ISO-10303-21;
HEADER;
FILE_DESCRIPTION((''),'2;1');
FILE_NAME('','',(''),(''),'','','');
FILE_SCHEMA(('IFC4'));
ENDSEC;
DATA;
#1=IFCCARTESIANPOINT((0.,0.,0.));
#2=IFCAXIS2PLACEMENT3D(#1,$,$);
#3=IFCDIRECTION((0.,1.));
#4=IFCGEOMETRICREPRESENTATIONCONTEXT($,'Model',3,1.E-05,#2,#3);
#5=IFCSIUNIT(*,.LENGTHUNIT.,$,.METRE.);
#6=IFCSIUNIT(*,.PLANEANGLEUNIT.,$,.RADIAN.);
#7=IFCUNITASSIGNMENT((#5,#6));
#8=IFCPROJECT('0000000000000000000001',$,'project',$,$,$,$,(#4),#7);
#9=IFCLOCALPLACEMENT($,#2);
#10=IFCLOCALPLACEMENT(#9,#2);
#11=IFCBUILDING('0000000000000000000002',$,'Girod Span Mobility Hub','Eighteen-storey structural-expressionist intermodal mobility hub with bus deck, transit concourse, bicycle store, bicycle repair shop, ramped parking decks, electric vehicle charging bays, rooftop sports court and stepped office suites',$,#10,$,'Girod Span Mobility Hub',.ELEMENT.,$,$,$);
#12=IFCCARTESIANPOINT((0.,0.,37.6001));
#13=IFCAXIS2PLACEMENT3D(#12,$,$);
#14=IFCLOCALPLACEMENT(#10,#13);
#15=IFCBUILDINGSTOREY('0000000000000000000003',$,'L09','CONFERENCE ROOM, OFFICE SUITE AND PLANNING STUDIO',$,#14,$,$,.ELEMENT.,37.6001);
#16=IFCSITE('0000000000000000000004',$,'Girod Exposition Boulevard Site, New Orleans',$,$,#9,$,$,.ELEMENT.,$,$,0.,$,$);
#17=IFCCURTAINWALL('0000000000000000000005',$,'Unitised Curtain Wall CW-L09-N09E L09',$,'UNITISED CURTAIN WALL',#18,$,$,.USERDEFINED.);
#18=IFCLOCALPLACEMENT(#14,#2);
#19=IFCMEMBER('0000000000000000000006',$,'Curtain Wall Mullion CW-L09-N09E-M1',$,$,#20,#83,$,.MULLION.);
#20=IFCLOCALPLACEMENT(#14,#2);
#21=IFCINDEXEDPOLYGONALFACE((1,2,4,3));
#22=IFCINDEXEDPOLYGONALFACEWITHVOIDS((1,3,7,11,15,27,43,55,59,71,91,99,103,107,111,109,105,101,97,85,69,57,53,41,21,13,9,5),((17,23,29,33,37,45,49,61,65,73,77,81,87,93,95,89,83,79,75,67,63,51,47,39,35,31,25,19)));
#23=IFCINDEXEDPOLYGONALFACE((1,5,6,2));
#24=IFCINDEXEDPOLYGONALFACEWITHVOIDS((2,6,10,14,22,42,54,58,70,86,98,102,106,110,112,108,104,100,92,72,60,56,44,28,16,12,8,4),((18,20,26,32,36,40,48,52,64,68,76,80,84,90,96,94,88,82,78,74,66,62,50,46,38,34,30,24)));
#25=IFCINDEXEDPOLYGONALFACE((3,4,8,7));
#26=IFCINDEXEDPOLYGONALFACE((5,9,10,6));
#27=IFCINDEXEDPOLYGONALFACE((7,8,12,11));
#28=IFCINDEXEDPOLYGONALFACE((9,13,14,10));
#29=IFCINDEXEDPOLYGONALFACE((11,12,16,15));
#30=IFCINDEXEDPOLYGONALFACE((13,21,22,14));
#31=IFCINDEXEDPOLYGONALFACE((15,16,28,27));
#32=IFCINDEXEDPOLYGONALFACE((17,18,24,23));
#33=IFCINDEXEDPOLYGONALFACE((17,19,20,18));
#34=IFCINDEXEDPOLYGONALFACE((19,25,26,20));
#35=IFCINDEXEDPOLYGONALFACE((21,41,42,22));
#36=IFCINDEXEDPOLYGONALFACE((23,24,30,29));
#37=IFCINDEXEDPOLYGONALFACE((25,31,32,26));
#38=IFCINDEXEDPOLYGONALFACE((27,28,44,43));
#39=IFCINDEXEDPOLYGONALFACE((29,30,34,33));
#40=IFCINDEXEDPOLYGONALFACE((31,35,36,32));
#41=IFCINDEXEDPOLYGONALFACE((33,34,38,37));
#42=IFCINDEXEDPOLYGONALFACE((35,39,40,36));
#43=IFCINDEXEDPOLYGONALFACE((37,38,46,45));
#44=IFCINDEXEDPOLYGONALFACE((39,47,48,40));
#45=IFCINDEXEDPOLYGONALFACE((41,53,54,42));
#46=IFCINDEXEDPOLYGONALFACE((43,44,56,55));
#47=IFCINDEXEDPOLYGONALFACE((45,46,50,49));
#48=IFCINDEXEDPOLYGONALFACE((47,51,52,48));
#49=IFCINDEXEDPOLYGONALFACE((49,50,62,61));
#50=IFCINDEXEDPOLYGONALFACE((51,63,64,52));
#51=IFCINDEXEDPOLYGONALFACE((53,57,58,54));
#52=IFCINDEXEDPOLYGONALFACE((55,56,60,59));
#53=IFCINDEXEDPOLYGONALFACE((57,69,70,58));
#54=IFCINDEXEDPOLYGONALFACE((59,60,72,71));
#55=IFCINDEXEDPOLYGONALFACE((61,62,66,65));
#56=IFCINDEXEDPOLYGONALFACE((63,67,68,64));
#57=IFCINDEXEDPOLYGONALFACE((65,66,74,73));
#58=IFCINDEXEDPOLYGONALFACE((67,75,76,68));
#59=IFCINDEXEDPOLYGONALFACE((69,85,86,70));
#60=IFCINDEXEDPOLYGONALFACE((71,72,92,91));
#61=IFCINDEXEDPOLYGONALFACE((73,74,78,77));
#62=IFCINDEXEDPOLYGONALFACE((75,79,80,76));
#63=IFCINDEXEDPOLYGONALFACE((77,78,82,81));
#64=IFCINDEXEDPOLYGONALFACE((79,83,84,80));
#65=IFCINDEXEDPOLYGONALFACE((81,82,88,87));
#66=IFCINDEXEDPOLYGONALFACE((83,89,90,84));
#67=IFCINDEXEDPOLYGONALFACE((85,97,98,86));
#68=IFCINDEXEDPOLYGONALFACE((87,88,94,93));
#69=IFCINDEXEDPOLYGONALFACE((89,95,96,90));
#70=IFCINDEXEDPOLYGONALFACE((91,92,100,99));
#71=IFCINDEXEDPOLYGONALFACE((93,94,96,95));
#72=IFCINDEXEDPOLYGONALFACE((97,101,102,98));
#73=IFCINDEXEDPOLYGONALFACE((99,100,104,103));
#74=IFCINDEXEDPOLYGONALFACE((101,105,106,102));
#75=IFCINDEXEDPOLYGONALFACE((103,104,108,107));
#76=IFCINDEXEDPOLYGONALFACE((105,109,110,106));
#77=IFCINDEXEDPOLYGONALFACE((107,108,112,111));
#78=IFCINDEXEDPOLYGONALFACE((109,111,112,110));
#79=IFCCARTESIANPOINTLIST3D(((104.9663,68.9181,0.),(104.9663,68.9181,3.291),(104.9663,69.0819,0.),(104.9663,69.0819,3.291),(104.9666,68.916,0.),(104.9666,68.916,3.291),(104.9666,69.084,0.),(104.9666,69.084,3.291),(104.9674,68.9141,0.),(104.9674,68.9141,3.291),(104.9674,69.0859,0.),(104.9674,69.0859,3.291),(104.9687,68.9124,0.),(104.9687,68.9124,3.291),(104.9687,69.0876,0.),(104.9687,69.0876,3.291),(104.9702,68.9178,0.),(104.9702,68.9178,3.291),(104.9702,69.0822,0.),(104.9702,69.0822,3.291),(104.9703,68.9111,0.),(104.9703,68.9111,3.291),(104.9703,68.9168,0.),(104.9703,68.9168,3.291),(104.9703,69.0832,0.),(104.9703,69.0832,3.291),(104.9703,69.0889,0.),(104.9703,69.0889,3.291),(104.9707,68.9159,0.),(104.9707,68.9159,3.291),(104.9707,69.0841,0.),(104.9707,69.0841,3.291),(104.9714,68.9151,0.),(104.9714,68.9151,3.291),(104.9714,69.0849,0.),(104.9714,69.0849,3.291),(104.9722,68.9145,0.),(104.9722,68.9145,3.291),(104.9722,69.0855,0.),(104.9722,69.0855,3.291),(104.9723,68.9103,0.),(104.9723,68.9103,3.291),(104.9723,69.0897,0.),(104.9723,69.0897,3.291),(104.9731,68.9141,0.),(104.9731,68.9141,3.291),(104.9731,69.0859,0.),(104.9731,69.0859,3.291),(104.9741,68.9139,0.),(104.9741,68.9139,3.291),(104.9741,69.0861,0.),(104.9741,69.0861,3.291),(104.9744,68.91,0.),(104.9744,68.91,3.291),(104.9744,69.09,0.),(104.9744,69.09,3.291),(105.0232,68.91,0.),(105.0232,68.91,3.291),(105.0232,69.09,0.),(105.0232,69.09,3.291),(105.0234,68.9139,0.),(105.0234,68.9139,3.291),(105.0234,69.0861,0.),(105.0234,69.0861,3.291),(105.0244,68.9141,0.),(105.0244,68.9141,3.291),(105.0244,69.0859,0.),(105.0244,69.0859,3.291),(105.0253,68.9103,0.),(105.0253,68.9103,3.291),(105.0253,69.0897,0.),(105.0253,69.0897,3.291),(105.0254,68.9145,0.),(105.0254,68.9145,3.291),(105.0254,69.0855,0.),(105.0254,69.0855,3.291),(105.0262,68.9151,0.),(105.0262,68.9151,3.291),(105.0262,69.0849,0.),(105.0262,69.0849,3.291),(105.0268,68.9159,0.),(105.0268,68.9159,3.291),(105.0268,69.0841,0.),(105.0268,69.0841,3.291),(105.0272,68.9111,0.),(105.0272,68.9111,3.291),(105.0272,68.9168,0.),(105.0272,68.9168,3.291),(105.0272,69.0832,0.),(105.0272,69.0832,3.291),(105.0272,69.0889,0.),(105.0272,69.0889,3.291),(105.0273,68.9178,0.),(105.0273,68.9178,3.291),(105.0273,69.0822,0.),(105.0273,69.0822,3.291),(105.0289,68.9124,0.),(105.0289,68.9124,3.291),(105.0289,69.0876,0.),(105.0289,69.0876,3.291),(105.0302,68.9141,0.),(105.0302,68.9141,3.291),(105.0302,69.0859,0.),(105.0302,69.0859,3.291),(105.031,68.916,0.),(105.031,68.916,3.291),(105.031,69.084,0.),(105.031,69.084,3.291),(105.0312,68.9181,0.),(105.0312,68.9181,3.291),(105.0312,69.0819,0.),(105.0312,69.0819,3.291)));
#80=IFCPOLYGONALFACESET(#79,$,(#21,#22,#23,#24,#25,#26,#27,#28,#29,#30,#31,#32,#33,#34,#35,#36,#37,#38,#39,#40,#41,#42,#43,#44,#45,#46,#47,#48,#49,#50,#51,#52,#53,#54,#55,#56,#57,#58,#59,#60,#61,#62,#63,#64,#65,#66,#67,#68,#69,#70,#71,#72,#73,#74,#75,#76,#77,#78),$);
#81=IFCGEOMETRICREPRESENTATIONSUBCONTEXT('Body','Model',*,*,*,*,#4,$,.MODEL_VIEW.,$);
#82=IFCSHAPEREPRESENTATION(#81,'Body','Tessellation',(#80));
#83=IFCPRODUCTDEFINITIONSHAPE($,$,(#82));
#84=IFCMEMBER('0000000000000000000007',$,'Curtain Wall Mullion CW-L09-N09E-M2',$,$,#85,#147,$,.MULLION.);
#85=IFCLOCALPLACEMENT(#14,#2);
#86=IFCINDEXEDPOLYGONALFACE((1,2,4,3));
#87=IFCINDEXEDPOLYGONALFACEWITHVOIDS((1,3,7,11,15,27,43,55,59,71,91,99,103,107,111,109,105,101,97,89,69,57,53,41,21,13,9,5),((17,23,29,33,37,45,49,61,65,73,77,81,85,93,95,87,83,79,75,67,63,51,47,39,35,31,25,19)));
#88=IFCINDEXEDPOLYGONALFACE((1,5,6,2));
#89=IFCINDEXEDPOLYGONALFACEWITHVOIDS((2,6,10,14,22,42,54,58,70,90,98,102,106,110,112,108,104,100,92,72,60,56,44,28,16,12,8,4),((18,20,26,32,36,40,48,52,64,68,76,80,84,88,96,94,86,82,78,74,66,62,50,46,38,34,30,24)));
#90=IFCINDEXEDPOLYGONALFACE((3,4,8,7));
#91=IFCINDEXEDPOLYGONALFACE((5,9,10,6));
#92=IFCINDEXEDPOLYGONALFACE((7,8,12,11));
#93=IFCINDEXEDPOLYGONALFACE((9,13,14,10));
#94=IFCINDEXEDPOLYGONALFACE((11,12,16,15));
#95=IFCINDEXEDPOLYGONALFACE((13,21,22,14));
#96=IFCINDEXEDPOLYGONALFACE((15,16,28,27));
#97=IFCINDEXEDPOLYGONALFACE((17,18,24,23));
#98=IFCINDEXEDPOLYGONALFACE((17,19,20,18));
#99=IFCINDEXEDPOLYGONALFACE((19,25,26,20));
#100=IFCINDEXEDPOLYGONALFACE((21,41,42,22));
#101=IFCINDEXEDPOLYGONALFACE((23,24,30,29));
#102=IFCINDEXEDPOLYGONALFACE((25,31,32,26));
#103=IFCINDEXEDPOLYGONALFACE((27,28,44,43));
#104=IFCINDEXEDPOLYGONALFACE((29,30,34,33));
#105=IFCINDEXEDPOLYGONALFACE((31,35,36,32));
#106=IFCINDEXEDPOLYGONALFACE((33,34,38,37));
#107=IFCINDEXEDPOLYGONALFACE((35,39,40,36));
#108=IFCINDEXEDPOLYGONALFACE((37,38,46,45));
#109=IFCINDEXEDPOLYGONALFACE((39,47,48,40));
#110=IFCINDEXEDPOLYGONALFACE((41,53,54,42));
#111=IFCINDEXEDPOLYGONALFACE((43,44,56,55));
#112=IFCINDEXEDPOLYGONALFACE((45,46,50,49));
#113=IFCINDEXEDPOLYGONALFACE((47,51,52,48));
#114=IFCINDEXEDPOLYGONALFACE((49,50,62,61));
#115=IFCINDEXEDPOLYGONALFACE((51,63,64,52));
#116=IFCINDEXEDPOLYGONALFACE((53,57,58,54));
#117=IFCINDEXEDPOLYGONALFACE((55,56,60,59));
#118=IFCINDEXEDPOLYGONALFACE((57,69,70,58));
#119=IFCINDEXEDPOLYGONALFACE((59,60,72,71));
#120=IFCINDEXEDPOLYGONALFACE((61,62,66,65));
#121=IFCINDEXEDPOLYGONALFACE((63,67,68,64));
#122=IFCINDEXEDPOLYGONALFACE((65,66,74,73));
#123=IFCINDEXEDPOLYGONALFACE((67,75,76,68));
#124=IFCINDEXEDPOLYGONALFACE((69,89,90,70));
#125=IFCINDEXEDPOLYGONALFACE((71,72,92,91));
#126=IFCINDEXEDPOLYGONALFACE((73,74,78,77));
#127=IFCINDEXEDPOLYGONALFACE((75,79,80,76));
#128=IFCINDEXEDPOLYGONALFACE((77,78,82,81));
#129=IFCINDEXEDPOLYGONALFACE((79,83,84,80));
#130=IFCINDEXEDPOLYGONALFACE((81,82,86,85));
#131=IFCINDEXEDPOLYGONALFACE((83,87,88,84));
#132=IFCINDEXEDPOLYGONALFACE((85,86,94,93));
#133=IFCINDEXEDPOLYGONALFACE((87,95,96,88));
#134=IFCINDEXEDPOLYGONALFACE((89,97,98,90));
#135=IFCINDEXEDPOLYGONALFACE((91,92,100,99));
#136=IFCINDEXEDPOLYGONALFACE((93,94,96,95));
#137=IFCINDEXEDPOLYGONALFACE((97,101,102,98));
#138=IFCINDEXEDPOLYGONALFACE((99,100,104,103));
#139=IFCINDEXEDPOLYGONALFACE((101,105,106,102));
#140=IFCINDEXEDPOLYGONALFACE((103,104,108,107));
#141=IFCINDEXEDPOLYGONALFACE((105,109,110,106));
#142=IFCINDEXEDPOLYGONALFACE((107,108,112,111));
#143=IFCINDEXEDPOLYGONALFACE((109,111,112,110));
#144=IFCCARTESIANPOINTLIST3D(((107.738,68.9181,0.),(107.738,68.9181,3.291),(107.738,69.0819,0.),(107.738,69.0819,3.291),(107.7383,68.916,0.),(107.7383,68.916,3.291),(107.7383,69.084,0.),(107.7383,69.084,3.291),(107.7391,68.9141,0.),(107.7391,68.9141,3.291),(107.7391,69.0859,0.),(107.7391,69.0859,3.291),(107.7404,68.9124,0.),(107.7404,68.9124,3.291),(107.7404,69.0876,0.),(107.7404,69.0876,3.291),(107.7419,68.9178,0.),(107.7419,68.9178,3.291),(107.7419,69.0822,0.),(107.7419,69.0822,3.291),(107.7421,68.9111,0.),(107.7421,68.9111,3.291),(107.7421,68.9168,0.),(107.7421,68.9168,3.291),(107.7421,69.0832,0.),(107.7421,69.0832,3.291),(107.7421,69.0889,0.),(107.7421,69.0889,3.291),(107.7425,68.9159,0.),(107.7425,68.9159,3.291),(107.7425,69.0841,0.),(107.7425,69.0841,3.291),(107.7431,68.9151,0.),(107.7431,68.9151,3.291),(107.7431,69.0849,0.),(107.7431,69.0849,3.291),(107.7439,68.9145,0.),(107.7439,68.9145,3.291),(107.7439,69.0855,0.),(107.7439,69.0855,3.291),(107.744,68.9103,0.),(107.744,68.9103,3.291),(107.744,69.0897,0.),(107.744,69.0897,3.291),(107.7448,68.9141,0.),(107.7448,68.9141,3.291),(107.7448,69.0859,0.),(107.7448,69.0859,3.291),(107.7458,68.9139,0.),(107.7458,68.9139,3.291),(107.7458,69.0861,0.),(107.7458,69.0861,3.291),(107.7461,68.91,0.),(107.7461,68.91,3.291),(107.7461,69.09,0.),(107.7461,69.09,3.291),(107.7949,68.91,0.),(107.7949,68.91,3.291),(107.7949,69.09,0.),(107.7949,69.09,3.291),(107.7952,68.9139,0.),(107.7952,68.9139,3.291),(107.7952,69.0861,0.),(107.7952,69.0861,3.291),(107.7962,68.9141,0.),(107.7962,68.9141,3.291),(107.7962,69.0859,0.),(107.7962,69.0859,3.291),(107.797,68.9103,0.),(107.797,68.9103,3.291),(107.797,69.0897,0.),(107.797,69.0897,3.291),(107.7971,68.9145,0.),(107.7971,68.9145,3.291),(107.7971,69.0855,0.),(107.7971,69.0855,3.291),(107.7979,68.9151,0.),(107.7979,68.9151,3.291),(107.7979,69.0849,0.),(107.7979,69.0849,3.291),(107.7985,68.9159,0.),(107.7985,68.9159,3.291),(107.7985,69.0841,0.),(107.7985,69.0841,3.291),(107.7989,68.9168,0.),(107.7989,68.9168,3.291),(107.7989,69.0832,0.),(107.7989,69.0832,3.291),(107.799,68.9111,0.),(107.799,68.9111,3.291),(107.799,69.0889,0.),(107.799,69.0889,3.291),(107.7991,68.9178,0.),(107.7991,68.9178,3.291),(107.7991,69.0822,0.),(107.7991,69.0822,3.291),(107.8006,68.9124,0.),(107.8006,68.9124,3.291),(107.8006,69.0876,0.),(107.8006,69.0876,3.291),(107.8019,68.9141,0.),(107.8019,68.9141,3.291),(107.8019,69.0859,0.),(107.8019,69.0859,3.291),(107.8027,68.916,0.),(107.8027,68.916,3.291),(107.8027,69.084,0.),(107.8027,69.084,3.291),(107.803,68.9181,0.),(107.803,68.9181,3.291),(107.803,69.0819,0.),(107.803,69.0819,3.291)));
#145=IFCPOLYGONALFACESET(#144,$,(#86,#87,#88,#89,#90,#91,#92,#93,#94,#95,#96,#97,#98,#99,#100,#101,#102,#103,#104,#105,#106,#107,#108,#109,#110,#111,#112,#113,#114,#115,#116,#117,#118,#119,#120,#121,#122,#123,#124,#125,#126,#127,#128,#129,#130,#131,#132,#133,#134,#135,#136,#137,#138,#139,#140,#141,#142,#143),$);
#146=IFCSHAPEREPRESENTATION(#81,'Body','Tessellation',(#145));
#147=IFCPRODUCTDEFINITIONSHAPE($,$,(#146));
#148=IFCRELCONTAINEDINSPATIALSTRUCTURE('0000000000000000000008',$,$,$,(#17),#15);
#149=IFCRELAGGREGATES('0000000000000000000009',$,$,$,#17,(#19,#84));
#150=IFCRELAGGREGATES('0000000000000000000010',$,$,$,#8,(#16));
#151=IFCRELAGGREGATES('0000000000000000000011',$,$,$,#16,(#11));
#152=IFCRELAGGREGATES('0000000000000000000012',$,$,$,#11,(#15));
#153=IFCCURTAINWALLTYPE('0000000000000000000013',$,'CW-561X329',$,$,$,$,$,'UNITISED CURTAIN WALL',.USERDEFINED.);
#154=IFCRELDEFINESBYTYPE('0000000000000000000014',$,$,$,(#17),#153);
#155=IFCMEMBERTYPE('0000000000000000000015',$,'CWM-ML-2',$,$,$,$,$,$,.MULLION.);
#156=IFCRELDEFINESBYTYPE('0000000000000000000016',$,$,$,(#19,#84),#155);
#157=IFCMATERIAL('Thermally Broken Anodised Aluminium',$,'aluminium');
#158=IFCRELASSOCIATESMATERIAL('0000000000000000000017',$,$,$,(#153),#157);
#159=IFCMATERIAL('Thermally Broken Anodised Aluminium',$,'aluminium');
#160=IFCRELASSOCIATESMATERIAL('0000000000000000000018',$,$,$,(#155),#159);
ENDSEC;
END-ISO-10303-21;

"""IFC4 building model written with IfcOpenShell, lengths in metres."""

from ifc_helpers import new_model, si_unit, direction, frame, origin, origin_2d, place, context, subcontext, project, spatial, hollow_rectangle, extrude, material, material_profile, profile_set, type_object, element, aggregate, save


model = new_model("IFC4")

# Units and contexts
model_context = context("Model", 3, precision=1e-05, world=origin(), true_north=direction((0.0, 1.0)))
body_context = subcontext(model_context, "Body", "Model", "MODEL_VIEW")
ifc_project = project(units=[si_unit("LENGTHUNIT", "METRE"), si_unit("PLANEANGLEUNIT", "RADIAN")], contexts=[model_context])

# Site, building, storey
site_placement = place(None, origin())
site = spatial("IfcSite", under=ifc_project, at=site_placement, Name="Girod Exposition Boulevard Site, New Orleans", CompositionType="ELEMENT", RefElevation=0.0)
building_placement = place(site_placement, origin())
building = spatial("IfcBuilding", under=site, at=building_placement, Name="Girod Span Mobility Hub", Description="Eighteen-storey structural-expressionist intermodal mobility hub with bus deck, transit concourse, bicycle store, bicycle repair shop, ramped parking decks, electric vehicle charging bays, rooftop sports court and stepped office suites", LongName="Girod Span Mobility Hub", CompositionType="ELEMENT")
storey_placement = place(building_placement, frame((0.0, 0.0, 37.6001)))
storey = spatial("IfcBuildingStorey", under=building, at=storey_placement, Name="L09", Description="CONFERENCE ROOM, OFFICE SUITE AND PLANNING STUDIO", CompositionType="ELEMENT", Elevation=37.6001)

# Curtain wall, members
ifc_material_1 = material(Name="Thermally Broken Anodised Aluminium", Category="aluminium")
curtain_wall_type = type_object("IfcCurtainWallType", Name="CW-561X329", ElementType="UNITISED CURTAIN WALL", PredefinedType="USERDEFINED", material=ifc_material_1)
ifc_material_2 = material(Name="Thermally Broken Anodised Aluminium", Category="aluminium")
ifc_material_profile_1 = material_profile(ifc_material_2, hollow_rectangle(XDim=0.1799, YDim=0.0649, WallThickness=0.0039, InnerFilletRadius=0.0039, OuterFilletRadius=0.0081, at=origin_2d()), Name="CW-ML-65X180")
ifc_profile_set_1 = profile_set([ifc_material_profile_1], Name="Thermally Broken Anodised Aluminium")
member_type_1 = type_object("IfcMemberType", Name="CWM-ML-2", PredefinedType="MULLION", material=ifc_profile_set_1)
curtain_wall_1_placement = place(storey_placement, origin())
curtain_wall_1 = element("IfcCurtainWall", 1, at=curtain_wall_1_placement, inside=storey, type_object=curtain_wall_type, Name="Unitised Curtain Wall CW-L09-N09E L09", ObjectType="UNITISED CURTAIN WALL", PredefinedType="USERDEFINED")
member_1_placement = place(storey_placement, frame((104.9988, 69.0, 0.0), z_axis=(0.0, 0.0, 1.0), x_axis=(0.0, 1.0, 0.0)))
member_1 = element("IfcMember", 2, at=member_1_placement, type_object=member_type_1, Name="Curtain Wall Mullion CW-L09-N09E-M1", PredefinedType="MULLION", context=body_context, shape_type="SweptSolid", body=[
    extrude(hollow_rectangle(XDim=0.1799, YDim=0.0649, WallThickness=0.0039, InnerFilletRadius=0.0039, OuterFilletRadius=0.0081, at=origin_2d()), origin(), (0.0, 0.0, 1.0), 3.291),
])
member_2_placement = place(storey_placement, frame((107.7705, 69.0, 0.0), z_axis=(0.0, 0.0, 1.0), x_axis=(0.0, 1.0, 0.0)))
member_2 = element("IfcMember", 3, at=member_2_placement, type_object=member_type_1, Name="Curtain Wall Mullion CW-L09-N09E-M2", PredefinedType="MULLION", context=body_context, shape_type="SweptSolid", body=[
    extrude(hollow_rectangle(XDim=0.1799, YDim=0.0649, WallThickness=0.0039, InnerFilletRadius=0.0039, OuterFilletRadius=0.0081, at=origin_2d()), origin(), (0.0, 0.0, 1.0), 3.291),
])

aggregate(curtain_wall_1, [member_1, member_2])

save(model, "model.ifc")
